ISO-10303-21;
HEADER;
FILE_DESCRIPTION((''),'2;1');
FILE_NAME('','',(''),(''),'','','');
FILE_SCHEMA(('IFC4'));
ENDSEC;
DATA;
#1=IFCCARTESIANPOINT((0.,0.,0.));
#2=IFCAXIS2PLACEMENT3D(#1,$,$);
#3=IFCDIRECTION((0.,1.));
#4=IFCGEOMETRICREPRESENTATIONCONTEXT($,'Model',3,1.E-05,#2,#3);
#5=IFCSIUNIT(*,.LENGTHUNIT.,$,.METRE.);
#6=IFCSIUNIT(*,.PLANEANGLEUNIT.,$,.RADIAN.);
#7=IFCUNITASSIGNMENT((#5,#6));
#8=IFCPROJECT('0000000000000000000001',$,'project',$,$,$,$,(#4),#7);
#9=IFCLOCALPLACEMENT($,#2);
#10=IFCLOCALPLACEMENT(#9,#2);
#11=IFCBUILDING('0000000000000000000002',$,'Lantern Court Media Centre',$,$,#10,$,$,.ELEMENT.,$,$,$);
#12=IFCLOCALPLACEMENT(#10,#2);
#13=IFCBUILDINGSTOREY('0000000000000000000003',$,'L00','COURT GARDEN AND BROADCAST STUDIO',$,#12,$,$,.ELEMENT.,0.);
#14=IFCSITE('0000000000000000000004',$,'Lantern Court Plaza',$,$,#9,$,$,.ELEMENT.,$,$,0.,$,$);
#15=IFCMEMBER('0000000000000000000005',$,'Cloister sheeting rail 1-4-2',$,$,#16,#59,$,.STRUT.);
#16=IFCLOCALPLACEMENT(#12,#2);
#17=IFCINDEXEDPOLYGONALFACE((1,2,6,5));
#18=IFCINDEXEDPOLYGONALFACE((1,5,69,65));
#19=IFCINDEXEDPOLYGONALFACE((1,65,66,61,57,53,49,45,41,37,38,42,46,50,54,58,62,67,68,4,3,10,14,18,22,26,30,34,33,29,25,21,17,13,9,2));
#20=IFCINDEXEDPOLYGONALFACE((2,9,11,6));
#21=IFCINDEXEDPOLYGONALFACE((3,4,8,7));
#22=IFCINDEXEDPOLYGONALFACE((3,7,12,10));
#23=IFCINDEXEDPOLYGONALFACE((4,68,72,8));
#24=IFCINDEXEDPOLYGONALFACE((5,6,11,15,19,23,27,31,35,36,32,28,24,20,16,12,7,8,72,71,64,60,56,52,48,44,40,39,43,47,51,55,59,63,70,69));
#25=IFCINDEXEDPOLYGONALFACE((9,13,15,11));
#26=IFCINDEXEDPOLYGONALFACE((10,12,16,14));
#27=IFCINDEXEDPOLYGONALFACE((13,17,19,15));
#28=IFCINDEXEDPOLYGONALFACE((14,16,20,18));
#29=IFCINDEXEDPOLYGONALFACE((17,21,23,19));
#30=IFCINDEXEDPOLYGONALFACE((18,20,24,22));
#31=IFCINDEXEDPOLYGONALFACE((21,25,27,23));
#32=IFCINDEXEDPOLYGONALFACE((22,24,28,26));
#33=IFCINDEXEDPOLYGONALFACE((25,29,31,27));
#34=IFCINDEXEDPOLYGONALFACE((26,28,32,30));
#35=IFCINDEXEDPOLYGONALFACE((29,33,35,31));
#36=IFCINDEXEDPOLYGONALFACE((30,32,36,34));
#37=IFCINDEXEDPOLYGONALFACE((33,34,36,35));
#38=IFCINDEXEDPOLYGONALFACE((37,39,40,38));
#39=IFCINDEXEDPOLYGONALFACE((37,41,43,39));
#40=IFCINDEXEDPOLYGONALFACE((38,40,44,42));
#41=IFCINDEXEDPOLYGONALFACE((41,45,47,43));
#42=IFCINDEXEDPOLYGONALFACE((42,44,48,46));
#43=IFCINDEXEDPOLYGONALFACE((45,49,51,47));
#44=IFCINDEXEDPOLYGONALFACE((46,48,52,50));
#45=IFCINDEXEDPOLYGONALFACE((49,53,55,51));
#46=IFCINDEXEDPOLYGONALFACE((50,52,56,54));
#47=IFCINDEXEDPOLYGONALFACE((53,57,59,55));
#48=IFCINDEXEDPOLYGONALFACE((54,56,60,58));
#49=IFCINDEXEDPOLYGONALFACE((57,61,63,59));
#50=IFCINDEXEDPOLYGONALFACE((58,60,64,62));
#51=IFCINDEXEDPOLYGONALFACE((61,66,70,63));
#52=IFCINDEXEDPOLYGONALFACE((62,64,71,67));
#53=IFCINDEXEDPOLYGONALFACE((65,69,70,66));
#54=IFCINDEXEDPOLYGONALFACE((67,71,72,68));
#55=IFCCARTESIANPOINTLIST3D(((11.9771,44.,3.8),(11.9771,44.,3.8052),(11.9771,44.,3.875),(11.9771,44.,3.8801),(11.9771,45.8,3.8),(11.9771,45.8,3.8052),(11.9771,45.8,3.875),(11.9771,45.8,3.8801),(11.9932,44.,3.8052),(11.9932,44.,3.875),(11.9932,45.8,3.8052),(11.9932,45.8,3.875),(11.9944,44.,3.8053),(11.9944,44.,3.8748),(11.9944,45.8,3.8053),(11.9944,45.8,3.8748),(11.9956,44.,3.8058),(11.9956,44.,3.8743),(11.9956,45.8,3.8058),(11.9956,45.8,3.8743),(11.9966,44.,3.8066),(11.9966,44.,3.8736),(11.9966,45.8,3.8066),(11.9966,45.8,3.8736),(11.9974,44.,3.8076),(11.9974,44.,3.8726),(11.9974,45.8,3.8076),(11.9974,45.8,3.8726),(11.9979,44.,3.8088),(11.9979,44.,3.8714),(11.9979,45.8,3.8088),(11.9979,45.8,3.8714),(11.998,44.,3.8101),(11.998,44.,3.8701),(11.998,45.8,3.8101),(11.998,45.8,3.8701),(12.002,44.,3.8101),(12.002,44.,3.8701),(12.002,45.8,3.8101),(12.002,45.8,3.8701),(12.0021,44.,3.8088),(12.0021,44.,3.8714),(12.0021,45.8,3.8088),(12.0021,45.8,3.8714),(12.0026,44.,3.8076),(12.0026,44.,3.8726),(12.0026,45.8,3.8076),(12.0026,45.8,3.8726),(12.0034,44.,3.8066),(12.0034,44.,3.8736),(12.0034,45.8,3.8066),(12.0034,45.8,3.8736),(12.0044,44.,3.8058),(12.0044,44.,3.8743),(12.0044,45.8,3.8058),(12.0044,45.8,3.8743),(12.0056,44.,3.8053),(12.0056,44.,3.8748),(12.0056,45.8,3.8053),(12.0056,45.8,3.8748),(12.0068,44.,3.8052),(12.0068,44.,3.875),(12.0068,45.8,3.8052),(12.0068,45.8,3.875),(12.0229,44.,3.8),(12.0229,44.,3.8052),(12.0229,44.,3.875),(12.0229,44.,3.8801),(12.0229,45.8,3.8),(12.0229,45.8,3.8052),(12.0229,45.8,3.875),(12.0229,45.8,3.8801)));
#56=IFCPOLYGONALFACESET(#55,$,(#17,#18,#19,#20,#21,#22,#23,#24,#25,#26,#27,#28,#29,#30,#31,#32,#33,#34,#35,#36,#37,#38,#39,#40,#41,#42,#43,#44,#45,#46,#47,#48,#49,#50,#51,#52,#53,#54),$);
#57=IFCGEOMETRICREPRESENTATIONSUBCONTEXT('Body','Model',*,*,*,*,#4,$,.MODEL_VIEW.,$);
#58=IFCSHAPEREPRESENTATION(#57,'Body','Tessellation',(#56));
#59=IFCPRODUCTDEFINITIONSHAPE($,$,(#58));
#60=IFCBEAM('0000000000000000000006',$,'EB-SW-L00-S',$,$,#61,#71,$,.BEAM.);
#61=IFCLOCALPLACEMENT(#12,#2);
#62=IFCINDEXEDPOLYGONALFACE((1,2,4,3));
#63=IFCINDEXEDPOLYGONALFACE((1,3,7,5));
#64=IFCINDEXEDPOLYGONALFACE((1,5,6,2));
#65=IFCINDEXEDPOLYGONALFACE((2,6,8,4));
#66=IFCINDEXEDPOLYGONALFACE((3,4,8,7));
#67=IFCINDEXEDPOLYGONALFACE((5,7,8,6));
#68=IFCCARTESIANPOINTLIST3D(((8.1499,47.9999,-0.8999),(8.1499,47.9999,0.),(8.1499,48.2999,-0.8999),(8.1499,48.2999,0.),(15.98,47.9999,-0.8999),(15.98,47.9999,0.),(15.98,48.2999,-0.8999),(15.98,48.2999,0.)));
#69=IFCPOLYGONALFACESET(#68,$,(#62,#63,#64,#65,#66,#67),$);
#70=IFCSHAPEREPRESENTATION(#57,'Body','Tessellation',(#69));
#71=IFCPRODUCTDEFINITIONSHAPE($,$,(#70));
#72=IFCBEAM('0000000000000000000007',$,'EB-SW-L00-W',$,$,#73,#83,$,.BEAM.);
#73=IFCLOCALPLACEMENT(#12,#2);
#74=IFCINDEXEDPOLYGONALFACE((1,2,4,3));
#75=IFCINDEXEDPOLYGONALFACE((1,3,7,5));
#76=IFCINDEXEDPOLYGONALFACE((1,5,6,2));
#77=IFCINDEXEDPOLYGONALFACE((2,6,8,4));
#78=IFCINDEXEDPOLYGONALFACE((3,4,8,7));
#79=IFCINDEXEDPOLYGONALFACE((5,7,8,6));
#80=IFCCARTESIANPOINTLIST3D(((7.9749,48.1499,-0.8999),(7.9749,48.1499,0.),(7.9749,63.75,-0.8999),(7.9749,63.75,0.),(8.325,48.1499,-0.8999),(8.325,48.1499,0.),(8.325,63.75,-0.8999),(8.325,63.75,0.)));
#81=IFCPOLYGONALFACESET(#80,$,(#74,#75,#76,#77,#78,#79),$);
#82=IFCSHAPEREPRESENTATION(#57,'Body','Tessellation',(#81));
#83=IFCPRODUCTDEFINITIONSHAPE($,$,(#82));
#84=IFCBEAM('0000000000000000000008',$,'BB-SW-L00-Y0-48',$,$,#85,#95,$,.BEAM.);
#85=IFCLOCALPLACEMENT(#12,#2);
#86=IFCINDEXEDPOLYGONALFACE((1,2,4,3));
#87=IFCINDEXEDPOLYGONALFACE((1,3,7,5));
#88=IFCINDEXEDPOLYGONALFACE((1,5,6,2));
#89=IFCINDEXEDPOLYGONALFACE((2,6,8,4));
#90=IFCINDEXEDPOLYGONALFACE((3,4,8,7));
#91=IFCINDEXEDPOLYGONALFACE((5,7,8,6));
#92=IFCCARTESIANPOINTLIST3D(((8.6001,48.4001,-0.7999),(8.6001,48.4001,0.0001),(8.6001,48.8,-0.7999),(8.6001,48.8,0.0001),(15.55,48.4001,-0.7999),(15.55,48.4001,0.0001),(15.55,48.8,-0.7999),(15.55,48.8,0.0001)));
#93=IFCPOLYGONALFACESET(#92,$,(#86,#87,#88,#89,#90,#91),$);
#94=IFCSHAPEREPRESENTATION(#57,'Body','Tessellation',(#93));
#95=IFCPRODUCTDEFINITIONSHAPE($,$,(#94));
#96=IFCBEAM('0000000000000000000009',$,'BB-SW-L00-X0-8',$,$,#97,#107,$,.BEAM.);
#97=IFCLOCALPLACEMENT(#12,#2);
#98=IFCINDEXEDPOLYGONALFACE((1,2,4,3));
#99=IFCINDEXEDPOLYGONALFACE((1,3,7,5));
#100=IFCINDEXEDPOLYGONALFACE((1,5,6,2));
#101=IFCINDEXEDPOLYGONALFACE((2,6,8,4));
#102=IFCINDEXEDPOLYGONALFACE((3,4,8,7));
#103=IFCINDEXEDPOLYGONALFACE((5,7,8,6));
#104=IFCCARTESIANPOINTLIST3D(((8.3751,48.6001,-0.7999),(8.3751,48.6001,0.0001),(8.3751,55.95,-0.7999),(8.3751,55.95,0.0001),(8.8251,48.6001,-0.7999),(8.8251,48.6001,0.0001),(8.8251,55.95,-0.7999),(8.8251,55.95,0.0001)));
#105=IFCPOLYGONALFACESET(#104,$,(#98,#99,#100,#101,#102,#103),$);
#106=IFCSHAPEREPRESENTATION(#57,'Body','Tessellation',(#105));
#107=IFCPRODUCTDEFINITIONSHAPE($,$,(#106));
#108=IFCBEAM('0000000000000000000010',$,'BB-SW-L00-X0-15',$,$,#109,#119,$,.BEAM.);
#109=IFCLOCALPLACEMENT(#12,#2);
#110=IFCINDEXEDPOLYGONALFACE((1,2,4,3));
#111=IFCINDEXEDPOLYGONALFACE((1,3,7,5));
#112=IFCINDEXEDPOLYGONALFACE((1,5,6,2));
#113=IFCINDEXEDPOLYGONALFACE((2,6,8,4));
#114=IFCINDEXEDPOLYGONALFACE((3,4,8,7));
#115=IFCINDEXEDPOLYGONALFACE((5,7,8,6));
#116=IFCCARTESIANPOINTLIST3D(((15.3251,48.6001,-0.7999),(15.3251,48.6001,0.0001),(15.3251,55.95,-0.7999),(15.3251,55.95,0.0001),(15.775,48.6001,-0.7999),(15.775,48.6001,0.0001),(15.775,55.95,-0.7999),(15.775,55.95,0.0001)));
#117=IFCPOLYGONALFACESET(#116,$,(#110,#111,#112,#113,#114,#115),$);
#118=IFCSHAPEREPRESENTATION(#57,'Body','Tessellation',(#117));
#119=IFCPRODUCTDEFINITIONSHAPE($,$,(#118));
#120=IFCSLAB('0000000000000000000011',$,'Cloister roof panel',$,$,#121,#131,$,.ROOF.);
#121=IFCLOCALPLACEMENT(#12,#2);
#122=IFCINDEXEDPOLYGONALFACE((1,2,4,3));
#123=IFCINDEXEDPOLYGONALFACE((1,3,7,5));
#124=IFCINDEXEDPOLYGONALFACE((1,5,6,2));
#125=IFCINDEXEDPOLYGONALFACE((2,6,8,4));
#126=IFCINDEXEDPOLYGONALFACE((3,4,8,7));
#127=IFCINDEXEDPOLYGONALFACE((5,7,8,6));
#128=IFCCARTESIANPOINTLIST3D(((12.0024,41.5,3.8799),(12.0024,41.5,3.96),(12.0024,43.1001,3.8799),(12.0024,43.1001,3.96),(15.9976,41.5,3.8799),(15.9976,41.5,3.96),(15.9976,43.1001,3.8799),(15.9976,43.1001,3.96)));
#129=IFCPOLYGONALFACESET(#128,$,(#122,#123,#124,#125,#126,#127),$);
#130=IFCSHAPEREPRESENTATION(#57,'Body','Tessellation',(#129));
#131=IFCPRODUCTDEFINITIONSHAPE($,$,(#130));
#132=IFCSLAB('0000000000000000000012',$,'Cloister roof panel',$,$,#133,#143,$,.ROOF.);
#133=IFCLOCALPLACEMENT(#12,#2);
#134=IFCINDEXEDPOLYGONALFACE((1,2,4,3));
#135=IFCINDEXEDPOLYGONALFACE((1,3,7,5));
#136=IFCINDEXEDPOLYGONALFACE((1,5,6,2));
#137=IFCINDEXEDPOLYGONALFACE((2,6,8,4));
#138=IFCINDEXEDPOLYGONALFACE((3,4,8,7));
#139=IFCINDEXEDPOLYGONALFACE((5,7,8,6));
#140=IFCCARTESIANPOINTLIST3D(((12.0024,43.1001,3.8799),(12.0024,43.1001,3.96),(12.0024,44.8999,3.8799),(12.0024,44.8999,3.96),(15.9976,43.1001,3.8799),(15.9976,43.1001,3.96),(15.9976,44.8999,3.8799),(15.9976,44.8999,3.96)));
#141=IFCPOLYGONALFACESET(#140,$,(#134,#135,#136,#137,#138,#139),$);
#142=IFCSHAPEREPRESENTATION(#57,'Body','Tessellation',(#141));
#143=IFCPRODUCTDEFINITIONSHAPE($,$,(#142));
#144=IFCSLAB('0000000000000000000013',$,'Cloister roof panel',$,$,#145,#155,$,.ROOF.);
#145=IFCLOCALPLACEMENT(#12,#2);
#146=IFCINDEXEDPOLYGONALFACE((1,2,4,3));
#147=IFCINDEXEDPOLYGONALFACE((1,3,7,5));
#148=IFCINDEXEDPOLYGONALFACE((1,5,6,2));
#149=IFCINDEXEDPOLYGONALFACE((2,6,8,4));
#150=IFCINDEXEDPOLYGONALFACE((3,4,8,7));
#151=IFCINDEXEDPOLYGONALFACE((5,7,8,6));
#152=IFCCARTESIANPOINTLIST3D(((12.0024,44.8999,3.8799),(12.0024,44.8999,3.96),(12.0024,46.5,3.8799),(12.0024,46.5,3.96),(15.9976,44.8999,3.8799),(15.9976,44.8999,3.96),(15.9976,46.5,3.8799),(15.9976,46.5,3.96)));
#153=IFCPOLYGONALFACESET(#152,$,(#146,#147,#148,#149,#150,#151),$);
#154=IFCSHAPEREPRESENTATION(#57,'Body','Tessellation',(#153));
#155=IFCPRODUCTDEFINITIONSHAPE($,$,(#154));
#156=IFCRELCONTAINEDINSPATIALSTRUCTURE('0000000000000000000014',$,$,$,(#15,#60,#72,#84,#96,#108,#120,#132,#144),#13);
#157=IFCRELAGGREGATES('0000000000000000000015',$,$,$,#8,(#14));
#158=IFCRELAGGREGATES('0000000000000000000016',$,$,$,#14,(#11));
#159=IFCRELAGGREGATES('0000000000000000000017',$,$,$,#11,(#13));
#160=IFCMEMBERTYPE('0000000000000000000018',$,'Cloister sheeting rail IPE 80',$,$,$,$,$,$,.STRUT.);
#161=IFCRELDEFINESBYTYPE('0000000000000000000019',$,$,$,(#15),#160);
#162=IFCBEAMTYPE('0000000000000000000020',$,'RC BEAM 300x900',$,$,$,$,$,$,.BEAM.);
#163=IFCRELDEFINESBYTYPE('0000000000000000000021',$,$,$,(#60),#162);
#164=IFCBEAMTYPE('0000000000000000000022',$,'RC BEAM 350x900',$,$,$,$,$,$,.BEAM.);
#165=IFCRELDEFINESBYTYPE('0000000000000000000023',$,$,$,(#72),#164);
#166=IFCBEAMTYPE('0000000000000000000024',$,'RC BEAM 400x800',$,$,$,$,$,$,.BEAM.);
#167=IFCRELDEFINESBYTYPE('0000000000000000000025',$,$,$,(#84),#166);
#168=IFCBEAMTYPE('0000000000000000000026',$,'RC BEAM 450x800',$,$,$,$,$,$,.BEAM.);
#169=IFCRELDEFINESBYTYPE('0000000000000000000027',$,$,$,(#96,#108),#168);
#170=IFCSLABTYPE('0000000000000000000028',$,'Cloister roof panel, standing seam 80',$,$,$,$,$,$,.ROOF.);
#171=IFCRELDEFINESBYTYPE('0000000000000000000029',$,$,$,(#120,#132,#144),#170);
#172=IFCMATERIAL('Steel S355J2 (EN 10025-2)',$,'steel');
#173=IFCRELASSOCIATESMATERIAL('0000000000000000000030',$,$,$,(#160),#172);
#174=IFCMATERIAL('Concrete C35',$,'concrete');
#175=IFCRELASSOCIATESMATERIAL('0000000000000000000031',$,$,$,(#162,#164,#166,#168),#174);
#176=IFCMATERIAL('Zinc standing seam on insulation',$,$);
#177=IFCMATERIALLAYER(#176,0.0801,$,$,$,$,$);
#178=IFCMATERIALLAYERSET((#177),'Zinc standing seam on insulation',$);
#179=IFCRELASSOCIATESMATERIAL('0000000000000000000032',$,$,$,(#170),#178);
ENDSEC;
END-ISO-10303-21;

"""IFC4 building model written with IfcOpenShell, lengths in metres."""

from ifc_helpers import new_model, si_unit, direction, frame, origin, origin_2d, place, context, subcontext, project, spatial, polyline, rectangle, i_section, outline, extrude, material, layer, layer_set, material_profile, profile_set, type_object, element, save


model = new_model("IFC4")

# Units and contexts
model_context = context("Model", 3, precision=1e-05, world=origin(), true_north=direction((0.0, 1.0)))
body_context = subcontext(model_context, "Body", "Model", "MODEL_VIEW")
ifc_project = project(units=[si_unit("LENGTHUNIT", "METRE"), si_unit("PLANEANGLEUNIT", "RADIAN")], contexts=[model_context])

# Site, building, storey
site_placement = place(None, origin())
site = spatial("IfcSite", under=ifc_project, at=site_placement, Name="Lantern Court Plaza", CompositionType="ELEMENT", RefElevation=0.0)
building_placement = place(site_placement, origin())
building = spatial("IfcBuilding", under=site, at=building_placement, Name="Lantern Court Media Centre", CompositionType="ELEMENT")
storey_placement = place(building_placement, origin())
storey = spatial("IfcBuildingStorey", under=building, at=storey_placement, Name="L00", Description="COURT GARDEN AND BROADCAST STUDIO", CompositionType="ELEMENT", Elevation=0.0)

# Shared definitions
ifc_material_1 = material(Name="Steel S355J2 (EN 10025-2)", Category="steel")
ifc_material_2 = material(Name="Concrete C35", Category="concrete")

# Member
ifc_material_profile_1 = material_profile(ifc_material_1, i_section(OverallWidth=0.0459, OverallDepth=0.0801, WebThickness=0.0039, FlangeThickness=0.0051, FilletRadius=0.0049, at=origin_2d()), Name="IPE 80")
ifc_profile_set_1 = profile_set([ifc_material_profile_1], Name="Steel S355J2 (EN 10025-2)")
member_type = type_object("IfcMemberType", Name="Cloister sheeting rail IPE 80", PredefinedType="STRUT", material=ifc_profile_set_1)
for number, where, z_axis, x_axis, name in (
    (1, (12.0, 44.0, 3.8401), (0.0, 1.0, 0.0), (-1.0, 0.0, 0.0), "Cloister sheeting rail 1-4-2"),
):
    element("IfcMember", number, at=place(storey_placement, frame(where, z_axis=z_axis, x_axis=x_axis)), inside=storey, type_object=member_type, Name=name, PredefinedType="STRUT", context=body_context, shape_type="SweptSolid", body=[
        extrude(i_section(OverallWidth=0.0459, OverallDepth=0.0801, WebThickness=0.0039, FlangeThickness=0.0051, FilletRadius=0.0049, at=origin_2d()), origin(), (0.0, 0.0, 1.0), 1.8),
    ])

# Beams
ifc_material_profile_2 = material_profile(ifc_material_2, rectangle(XDim=0.3, YDim=0.8999, at=origin_2d()), Name="RC 300x900")
ifc_profile_set_2 = profile_set([ifc_material_profile_2], Name="Concrete C35")
beam_type_1 = type_object("IfcBeamType", Name="RC BEAM 300x900", PredefinedType="BEAM", material=ifc_profile_set_2)
beam_1_placement = place(storey_placement, frame((8.1499, 48.1499, -0.45), z_axis=(1.0, 0.0, 0.0), x_axis=(0.0, 1.0, 0.0)))
element("IfcBeam", 2, at=beam_1_placement, inside=storey, type_object=beam_type_1, Name="EB-SW-L00-S", PredefinedType="BEAM", context=body_context, shape_type="SweptSolid", body=[
    extrude(rectangle(XDim=0.3, YDim=0.8999, at=origin_2d()), origin(), (0.0, 0.0, 1.0), 7.8301),
])
ifc_material_profile_3 = material_profile(ifc_material_2, rectangle(XDim=0.3501, YDim=0.8999, at=origin_2d()), Name="RC 350x900")
ifc_profile_set_3 = profile_set([ifc_material_profile_3], Name="Concrete C35")
beam_type_2 = type_object("IfcBeamType", Name="RC BEAM 350x900", PredefinedType="BEAM", material=ifc_profile_set_3)
beam_2_placement = place(storey_placement, frame((8.1499, 48.1499, -0.45), z_axis=(0.0, 1.0, 0.0), x_axis=(-1.0, 0.0, 0.0)))
element("IfcBeam", 3, at=beam_2_placement, inside=storey, type_object=beam_type_2, Name="EB-SW-L00-W", PredefinedType="BEAM", context=body_context, shape_type="SweptSolid", body=[
    extrude(rectangle(XDim=0.3501, YDim=0.8999, at=origin_2d()), origin(), (0.0, 0.0, 1.0), 15.6001),
])
ifc_material_profile_4 = material_profile(ifc_material_2, rectangle(XDim=0.3999, YDim=0.8, at=origin_2d()), Name="RC 400x800")
ifc_profile_set_4 = profile_set([ifc_material_profile_4], Name="Concrete C35")
beam_type_3 = type_object("IfcBeamType", Name="RC BEAM 400x800", PredefinedType="BEAM", material=ifc_profile_set_4)
beam_3_placement = place(storey_placement, frame((8.6001, 48.6001, -0.3999), z_axis=(1.0, 0.0, 0.0), x_axis=(0.0, 1.0, 0.0)))
element("IfcBeam", 4, at=beam_3_placement, inside=storey, type_object=beam_type_3, Name="BB-SW-L00-Y0-48", PredefinedType="BEAM", context=body_context, shape_type="SweptSolid", body=[
    extrude(rectangle(XDim=0.3999, YDim=0.8, at=origin_2d()), origin(), (0.0, 0.0, 1.0), 6.95),
])
ifc_material_profile_5 = material_profile(ifc_material_2, rectangle(XDim=0.45, YDim=0.8, at=origin_2d()), Name="RC 450x800")
ifc_profile_set_5 = profile_set([ifc_material_profile_5], Name="Concrete C35")
beam_type_4 = type_object("IfcBeamType", Name="RC BEAM 450x800", PredefinedType="BEAM", material=ifc_profile_set_5)
for number, where, z_axis, x_axis, name in (
    (5, (8.6001, 48.6001, -0.3999), (0.0, 1.0, 0.0), (-1.0, 0.0, 0.0), "BB-SW-L00-X0-8"),
    (6, (15.55, 48.6001, -0.3999), (0.0, 1.0, 0.0), (-1.0, 0.0, 0.0), "BB-SW-L00-X0-15"),
):
    element("IfcBeam", number, at=place(storey_placement, frame(where, z_axis=z_axis, x_axis=x_axis)), inside=storey, type_object=beam_type_4, Name=name, PredefinedType="BEAM", context=body_context, shape_type="SweptSolid", body=[
        extrude(rectangle(XDim=0.45, YDim=0.8, at=origin_2d()), origin(), (0.0, 0.0, 1.0), 7.3499),
    ])

# Slabs
ifc_material_3 = material(Name="Zinc standing seam on insulation")
ifc_layer_1 = layer(ifc_material_3, 0.0801)
ifc_layer_set_1 = layer_set([ifc_layer_1], Name="Zinc standing seam on insulation")
slab_type = type_object("IfcSlabType", Name="Cloister roof panel, standing seam 80", PredefinedType="ROOF", material=ifc_layer_set_1)
slab_1_placement = place(storey_placement, frame((12.0024, 41.5, 3.96), z_axis=(0.0, 0.0, 1.0), x_axis=(1.0, 0.0, 0.0)))
element("IfcSlab", 7, at=slab_1_placement, inside=storey, type_object=slab_type, Name="Cloister roof panel", PredefinedType="ROOF", context=body_context, shape_type="SweptSolid", body=[
    extrude(outline(polyline([(0.0, 0.0), (3.9951, 0.0), (3.9951, 1.6001), (0.0, 1.6001), (0.0, 0.0)])), origin(), (0.0, 0.0, -1.0), 0.0801),
])
slab_2_placement = place(storey_placement, frame((12.0024, 43.1001, 3.96), z_axis=(0.0, 0.0, 1.0), x_axis=(1.0, 0.0, 0.0)))
element("IfcSlab", 8, at=slab_2_placement, inside=storey, type_object=slab_type, Name="Cloister roof panel", PredefinedType="ROOF", context=body_context, shape_type="SweptSolid", body=[
    extrude(outline(polyline([(0.0, 0.0), (3.9951, 0.0), (3.9951, 1.7998), (0.0, 1.7998), (0.0, 0.0)])), origin(), (0.0, 0.0, -1.0), 0.0801),
])
slab_3_placement = place(storey_placement, frame((12.0024, 44.8999, 3.96), z_axis=(0.0, 0.0, 1.0), x_axis=(1.0, 0.0, 0.0)))
element("IfcSlab", 9, at=slab_3_placement, inside=storey, type_object=slab_type, Name="Cloister roof panel", PredefinedType="ROOF", context=body_context, shape_type="SweptSolid", body=[
    extrude(outline(polyline([(0.0, 0.0), (3.9951, 0.0), (3.9951, 1.6001), (0.0, 1.6001), (0.0, 0.0)])), origin(), (0.0, 0.0, -1.0), 0.0801),
])

save(model, "model.ifc")
